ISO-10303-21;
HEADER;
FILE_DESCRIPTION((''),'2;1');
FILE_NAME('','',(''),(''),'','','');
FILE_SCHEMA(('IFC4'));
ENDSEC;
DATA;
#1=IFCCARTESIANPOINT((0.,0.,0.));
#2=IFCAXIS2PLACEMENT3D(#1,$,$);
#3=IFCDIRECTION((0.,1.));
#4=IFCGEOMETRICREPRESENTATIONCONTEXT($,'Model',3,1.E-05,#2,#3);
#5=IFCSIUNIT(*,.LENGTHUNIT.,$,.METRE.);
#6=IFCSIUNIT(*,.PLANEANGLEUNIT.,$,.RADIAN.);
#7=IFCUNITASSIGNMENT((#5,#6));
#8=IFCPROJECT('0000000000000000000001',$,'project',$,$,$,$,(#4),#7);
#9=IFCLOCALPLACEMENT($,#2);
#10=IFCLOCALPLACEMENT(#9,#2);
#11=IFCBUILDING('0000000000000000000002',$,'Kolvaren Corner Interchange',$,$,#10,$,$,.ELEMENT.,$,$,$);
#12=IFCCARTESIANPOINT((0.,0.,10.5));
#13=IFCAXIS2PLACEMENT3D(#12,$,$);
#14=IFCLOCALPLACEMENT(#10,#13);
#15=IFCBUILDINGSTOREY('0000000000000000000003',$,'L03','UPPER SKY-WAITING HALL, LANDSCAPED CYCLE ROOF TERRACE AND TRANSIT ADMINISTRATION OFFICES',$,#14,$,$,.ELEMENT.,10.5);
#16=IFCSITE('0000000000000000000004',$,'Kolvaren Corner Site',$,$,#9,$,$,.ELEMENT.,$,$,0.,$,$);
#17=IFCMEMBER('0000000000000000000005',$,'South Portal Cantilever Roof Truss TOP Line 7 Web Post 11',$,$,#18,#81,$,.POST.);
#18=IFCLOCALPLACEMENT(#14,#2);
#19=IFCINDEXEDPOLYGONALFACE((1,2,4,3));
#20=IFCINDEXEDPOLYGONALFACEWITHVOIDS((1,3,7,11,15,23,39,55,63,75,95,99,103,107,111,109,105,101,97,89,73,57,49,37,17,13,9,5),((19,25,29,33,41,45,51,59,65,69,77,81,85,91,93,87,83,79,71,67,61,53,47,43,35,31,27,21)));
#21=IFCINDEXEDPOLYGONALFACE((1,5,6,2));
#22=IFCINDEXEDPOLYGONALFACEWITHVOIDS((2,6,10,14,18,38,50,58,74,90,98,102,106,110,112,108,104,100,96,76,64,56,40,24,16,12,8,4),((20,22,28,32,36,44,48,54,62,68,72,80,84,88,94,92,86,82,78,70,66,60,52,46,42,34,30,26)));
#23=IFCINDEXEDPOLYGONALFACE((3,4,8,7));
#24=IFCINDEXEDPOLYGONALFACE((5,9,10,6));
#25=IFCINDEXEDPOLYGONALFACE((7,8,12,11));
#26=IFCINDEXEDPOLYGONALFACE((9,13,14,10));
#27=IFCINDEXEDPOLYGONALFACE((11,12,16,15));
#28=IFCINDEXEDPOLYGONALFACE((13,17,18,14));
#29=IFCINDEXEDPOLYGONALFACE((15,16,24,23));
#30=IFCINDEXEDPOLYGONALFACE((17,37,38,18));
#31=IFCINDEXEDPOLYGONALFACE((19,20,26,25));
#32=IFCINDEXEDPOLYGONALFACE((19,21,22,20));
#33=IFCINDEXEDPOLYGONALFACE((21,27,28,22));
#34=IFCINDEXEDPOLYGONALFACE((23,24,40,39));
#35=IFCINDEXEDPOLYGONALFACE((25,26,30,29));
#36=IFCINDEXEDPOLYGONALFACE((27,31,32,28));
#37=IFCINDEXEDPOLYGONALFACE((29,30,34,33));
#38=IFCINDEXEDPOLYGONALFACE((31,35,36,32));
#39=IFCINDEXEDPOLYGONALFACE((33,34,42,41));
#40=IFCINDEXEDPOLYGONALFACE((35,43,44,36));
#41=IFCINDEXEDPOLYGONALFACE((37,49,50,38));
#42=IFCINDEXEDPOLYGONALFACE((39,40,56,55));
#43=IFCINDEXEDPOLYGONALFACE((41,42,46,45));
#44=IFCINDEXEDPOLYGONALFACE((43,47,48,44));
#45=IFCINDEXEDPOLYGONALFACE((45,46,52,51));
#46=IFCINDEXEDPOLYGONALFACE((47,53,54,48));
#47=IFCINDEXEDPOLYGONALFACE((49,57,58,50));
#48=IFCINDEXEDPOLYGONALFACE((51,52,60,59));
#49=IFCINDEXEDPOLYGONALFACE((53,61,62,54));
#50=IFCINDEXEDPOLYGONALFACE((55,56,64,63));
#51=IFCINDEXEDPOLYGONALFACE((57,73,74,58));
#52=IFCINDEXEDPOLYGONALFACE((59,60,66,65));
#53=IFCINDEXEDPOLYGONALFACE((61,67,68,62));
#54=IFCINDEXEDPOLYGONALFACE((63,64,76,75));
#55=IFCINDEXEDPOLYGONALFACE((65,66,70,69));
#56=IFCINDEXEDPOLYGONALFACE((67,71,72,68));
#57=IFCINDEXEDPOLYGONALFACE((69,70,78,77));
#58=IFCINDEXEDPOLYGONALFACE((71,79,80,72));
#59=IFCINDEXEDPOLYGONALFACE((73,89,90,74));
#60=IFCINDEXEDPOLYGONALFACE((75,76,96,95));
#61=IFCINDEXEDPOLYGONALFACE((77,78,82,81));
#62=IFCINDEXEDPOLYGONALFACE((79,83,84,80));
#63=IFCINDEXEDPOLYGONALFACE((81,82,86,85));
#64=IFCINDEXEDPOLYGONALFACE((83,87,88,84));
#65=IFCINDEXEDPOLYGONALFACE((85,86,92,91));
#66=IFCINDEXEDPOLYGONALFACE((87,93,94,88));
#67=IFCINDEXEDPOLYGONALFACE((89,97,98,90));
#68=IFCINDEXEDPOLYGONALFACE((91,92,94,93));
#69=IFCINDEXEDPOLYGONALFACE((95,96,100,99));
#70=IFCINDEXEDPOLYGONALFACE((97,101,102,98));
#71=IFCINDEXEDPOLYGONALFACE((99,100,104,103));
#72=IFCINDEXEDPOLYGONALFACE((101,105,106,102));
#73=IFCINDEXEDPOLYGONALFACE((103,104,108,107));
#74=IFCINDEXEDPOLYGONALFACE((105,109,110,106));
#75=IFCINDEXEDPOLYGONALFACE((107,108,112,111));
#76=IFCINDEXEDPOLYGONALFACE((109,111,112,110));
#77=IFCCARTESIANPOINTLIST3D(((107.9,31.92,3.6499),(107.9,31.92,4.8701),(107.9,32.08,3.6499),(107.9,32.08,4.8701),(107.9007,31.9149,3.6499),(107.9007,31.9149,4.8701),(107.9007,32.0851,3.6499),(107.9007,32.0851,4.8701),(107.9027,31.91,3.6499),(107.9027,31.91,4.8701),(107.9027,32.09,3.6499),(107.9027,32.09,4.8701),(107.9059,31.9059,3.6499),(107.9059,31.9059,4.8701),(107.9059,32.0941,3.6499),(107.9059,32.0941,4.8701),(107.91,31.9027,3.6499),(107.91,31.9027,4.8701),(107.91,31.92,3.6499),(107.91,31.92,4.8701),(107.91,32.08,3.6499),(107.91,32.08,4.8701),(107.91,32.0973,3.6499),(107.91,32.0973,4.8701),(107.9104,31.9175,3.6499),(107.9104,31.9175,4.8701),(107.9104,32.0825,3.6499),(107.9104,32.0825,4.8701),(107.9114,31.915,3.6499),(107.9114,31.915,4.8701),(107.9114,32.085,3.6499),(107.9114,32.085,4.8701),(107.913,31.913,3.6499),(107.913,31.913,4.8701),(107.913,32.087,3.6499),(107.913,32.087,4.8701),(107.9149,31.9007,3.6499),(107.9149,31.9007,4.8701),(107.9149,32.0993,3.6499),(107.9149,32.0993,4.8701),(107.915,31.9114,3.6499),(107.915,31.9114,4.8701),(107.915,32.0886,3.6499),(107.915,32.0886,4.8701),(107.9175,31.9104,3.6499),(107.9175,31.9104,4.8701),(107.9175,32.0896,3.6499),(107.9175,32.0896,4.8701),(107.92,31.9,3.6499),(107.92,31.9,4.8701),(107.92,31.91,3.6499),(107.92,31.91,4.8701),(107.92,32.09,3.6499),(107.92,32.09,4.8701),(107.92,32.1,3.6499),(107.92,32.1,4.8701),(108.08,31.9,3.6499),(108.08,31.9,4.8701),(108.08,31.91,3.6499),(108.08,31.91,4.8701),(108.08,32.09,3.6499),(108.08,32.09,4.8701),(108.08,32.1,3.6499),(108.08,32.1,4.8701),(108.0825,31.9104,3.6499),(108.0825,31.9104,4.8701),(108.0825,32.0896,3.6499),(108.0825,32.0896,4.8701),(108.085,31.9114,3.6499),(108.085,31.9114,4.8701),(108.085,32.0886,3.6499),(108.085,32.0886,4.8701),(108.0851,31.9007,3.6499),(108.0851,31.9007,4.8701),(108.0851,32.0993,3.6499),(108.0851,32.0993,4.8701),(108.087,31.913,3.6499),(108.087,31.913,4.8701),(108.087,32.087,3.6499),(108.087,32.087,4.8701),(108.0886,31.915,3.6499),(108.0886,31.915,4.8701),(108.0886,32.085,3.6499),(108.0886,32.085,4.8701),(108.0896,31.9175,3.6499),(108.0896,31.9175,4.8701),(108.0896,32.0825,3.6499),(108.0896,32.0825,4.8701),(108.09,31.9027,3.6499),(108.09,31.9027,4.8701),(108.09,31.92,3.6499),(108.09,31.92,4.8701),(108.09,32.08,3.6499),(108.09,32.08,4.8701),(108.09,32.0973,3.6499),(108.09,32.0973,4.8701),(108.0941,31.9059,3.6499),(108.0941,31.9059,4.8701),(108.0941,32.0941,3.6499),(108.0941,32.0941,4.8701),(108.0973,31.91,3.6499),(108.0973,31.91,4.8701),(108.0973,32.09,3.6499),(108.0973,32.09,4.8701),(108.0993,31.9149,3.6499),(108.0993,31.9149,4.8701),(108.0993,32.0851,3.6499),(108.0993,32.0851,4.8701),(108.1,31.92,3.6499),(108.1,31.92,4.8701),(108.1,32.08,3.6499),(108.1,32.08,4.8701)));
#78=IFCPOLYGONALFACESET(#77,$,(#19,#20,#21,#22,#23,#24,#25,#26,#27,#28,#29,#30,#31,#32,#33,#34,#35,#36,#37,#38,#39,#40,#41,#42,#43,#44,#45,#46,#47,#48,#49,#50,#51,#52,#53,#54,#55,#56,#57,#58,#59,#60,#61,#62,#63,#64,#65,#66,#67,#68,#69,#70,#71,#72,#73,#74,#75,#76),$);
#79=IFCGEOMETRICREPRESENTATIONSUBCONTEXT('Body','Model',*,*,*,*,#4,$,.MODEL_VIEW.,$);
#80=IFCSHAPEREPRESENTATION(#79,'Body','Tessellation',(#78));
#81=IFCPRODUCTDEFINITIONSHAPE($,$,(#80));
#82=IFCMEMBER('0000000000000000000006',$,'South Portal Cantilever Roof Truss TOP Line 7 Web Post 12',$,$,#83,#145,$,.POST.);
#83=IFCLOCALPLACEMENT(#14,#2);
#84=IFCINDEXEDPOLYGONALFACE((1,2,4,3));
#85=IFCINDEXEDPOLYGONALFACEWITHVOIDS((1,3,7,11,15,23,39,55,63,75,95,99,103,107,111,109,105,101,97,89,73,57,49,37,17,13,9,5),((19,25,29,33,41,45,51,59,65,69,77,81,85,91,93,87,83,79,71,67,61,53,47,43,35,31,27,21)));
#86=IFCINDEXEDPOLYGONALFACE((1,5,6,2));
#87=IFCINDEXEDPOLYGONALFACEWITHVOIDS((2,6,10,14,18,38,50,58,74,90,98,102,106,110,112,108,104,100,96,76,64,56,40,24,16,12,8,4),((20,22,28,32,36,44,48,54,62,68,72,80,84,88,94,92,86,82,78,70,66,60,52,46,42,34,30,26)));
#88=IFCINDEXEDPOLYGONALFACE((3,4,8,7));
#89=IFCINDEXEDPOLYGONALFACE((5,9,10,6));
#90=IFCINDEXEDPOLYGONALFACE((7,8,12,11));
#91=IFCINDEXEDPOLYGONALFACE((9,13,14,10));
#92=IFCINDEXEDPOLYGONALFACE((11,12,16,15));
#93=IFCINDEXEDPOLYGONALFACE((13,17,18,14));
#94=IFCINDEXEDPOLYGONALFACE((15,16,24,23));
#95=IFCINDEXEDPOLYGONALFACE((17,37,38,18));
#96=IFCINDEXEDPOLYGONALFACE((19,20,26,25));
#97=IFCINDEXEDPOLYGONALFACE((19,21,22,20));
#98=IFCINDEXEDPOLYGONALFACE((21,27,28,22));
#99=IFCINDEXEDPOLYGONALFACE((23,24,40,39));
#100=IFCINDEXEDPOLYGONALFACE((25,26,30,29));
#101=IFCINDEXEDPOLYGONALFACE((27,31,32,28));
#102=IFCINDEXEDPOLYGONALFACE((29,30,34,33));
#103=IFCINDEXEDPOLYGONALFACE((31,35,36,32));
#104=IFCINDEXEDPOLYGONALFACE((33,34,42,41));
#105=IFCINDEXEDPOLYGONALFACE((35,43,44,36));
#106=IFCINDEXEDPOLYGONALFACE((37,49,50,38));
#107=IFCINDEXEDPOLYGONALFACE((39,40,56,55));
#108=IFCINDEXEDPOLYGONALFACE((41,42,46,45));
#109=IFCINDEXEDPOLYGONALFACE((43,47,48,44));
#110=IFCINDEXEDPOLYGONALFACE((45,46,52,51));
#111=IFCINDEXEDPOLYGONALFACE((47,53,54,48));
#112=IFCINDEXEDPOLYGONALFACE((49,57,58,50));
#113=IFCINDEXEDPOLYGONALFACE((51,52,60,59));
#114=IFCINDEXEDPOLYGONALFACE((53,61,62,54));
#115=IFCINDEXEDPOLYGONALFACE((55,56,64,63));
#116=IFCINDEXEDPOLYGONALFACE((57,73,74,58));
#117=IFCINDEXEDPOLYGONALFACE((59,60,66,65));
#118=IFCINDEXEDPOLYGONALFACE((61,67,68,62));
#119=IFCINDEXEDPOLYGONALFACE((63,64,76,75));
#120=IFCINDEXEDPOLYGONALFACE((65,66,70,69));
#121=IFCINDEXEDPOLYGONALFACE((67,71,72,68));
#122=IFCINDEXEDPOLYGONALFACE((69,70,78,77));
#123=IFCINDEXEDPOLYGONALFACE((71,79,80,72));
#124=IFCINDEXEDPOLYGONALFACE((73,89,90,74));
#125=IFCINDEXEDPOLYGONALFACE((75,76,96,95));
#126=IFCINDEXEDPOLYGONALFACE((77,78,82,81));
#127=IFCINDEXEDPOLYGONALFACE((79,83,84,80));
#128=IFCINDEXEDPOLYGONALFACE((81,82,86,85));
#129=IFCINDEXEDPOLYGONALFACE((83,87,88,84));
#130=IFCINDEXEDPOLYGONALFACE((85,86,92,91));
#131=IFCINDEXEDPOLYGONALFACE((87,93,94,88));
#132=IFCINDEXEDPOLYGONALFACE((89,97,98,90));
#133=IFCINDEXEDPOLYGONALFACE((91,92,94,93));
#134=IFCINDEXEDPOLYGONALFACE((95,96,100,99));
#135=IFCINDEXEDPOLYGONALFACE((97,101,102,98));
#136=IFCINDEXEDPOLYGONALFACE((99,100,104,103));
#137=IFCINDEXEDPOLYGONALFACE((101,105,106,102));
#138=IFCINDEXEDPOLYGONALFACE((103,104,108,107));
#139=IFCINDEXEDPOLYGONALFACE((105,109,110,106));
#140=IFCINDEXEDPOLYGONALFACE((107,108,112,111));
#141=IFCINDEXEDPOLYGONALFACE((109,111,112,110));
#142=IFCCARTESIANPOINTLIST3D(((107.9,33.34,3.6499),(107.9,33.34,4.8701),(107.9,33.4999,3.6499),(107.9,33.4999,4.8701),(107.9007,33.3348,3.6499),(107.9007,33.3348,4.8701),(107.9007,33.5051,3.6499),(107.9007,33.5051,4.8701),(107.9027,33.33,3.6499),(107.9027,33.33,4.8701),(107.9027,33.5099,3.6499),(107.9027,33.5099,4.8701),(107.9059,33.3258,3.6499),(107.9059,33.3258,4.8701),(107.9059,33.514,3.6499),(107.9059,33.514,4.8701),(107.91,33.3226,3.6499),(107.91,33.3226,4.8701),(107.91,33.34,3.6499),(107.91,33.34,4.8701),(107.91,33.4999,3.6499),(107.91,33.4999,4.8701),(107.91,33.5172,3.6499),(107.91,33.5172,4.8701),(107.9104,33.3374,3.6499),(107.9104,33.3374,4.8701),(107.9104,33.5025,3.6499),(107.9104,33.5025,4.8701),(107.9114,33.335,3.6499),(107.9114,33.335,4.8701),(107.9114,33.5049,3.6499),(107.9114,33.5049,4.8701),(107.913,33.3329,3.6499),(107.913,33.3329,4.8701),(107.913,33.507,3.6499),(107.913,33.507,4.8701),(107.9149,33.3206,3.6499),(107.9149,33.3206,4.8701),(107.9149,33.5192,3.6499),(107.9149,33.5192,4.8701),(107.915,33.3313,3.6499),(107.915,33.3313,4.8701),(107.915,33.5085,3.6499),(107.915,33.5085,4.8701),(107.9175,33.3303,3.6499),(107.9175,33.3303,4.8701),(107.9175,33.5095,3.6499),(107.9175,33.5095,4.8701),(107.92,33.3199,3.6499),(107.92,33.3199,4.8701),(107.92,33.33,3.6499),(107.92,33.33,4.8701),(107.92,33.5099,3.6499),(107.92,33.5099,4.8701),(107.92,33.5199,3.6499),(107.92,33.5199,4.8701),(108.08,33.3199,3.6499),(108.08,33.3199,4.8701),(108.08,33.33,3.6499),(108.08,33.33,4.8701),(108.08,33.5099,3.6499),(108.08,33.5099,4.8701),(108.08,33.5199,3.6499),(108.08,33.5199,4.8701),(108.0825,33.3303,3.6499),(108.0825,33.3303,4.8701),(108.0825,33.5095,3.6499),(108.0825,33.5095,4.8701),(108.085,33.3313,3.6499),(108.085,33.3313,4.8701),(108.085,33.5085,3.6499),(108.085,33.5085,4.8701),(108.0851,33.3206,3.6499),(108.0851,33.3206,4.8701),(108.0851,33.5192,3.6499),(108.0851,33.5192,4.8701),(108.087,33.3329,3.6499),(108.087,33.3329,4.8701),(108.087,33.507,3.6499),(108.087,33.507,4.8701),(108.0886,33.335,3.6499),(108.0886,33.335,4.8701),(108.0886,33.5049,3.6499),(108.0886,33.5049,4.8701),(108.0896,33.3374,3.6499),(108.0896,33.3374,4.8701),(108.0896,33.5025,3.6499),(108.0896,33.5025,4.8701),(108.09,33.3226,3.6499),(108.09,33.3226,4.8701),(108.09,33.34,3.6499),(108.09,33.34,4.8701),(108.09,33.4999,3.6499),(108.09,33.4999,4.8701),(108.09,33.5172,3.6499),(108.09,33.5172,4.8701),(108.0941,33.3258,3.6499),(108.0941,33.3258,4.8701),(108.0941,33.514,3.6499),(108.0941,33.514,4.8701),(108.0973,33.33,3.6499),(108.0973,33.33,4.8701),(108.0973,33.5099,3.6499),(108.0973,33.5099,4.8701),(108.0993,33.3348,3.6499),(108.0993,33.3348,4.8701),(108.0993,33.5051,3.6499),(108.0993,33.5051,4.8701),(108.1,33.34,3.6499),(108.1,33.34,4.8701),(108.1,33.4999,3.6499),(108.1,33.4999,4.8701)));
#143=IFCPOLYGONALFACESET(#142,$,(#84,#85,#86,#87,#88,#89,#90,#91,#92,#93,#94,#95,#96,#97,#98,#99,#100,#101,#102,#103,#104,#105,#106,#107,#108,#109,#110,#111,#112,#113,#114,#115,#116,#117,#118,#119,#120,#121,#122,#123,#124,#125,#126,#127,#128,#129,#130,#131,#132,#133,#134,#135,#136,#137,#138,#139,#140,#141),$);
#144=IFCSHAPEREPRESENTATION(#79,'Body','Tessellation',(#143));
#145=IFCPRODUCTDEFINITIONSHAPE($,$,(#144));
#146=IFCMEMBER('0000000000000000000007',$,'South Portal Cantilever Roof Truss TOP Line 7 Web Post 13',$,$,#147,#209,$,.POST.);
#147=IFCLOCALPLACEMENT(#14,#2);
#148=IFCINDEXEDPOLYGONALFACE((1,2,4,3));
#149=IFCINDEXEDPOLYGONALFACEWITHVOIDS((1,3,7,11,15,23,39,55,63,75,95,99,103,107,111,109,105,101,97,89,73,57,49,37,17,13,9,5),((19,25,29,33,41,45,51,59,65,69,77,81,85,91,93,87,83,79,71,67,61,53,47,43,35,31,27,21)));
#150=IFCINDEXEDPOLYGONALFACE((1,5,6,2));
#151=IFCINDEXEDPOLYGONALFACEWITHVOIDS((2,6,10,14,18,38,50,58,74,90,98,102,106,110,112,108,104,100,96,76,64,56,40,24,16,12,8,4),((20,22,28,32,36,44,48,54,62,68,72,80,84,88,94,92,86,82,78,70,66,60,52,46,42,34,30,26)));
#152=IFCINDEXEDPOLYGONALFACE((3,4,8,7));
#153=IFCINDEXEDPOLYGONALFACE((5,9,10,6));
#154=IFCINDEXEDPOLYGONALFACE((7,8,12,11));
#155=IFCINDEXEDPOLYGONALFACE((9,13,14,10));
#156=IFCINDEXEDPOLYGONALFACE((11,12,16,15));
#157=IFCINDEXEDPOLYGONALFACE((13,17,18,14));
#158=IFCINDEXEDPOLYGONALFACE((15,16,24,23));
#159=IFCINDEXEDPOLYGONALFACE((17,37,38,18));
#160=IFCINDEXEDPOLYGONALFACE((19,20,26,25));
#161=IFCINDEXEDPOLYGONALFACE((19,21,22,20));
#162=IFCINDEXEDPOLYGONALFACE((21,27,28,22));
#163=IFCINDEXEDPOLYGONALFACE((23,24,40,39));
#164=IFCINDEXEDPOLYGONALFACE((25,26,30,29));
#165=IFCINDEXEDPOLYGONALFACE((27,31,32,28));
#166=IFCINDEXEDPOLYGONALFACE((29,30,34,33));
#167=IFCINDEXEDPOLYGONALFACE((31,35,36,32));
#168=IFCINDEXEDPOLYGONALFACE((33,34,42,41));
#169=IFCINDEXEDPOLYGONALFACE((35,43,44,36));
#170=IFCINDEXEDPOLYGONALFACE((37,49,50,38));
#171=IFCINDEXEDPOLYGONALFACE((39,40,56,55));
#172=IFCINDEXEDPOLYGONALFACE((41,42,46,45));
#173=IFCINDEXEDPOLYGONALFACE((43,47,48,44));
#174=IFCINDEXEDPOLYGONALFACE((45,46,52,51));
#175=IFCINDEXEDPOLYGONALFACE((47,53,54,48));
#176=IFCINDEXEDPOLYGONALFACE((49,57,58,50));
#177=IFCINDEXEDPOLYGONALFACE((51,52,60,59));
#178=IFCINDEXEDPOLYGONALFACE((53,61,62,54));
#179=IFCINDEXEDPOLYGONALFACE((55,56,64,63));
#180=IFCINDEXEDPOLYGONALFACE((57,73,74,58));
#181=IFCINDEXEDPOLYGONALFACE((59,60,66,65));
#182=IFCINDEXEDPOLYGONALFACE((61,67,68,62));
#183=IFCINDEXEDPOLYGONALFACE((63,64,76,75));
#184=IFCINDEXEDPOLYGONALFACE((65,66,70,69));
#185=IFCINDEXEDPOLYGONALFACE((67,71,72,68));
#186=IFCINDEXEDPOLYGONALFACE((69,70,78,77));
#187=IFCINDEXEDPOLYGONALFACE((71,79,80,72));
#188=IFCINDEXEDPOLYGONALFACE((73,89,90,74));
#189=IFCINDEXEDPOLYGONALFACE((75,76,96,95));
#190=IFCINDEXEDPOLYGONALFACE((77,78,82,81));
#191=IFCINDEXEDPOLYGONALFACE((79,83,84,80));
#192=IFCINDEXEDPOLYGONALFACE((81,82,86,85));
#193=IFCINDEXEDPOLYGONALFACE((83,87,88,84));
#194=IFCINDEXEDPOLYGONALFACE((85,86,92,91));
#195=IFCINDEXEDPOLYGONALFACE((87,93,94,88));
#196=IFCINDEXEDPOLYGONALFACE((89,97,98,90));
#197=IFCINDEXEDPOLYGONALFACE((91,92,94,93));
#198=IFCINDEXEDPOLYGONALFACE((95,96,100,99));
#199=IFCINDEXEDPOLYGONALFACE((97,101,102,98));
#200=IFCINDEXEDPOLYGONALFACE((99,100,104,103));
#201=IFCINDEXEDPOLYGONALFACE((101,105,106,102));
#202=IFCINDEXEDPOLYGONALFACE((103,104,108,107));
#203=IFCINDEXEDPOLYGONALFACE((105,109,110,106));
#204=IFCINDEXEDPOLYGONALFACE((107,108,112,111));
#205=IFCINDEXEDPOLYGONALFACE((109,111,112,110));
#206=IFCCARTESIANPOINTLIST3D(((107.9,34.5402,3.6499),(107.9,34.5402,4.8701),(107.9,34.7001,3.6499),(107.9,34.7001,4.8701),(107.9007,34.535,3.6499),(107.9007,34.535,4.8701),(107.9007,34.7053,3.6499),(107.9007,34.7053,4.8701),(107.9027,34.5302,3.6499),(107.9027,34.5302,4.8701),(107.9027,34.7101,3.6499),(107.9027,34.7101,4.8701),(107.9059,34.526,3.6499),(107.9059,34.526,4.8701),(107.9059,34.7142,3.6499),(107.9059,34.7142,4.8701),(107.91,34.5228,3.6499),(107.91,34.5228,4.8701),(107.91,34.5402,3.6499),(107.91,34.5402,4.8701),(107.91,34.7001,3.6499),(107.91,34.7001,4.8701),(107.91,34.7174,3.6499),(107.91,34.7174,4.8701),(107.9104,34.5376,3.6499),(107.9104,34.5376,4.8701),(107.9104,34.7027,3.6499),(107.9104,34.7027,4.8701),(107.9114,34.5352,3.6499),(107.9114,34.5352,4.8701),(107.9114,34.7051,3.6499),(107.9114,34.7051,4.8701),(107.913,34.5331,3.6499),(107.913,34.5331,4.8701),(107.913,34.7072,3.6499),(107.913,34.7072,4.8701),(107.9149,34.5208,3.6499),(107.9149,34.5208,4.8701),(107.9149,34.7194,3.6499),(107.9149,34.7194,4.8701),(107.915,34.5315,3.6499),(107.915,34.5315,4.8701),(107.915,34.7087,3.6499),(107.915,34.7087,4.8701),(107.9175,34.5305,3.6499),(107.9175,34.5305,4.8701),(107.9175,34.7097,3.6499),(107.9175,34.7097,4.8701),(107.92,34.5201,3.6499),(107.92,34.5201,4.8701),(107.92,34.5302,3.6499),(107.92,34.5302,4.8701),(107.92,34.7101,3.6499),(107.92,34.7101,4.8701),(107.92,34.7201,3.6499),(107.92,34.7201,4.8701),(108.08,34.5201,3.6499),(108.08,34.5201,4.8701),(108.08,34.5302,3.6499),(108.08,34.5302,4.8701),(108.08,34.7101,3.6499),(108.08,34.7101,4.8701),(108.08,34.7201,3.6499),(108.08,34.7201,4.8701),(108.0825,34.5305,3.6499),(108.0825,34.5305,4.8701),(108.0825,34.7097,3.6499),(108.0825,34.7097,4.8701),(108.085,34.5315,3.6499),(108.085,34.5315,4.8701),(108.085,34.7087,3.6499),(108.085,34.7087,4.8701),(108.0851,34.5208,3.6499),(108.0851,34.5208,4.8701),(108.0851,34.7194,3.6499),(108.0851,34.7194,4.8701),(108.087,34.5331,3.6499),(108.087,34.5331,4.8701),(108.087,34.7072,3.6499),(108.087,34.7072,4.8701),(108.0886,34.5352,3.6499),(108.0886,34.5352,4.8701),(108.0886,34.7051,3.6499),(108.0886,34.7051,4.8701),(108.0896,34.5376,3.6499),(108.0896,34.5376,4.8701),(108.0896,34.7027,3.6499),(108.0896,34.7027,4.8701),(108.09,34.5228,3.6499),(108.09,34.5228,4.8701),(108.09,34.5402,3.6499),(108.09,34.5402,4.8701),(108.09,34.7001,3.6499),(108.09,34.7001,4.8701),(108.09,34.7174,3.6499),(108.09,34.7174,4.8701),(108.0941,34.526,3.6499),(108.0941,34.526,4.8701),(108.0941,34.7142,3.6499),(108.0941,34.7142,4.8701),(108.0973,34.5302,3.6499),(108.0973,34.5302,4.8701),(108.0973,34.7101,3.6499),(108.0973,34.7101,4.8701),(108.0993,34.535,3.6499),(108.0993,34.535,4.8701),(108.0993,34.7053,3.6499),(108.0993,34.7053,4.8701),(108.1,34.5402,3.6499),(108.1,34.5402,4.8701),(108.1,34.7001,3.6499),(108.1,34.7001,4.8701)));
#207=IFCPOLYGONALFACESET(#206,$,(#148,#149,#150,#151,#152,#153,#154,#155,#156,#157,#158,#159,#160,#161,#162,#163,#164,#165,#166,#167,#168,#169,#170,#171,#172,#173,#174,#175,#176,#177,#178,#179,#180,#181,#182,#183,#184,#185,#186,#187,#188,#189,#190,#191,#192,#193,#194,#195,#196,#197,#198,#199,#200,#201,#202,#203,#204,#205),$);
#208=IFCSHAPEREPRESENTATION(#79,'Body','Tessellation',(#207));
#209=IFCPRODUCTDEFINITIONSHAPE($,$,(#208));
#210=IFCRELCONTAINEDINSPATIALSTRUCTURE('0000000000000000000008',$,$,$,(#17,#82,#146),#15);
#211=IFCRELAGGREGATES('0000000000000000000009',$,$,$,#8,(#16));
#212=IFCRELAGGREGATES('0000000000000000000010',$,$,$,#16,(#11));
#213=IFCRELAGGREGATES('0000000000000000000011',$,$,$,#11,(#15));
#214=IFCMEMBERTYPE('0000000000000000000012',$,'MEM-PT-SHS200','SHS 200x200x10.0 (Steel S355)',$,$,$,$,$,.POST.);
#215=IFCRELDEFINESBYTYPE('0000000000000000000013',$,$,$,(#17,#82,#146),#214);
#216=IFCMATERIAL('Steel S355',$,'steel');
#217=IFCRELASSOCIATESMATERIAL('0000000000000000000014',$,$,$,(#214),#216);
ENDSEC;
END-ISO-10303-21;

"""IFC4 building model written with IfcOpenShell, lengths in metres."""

from ifc_helpers import new_model, si_unit, direction, frame, origin, origin_2d, place, context, subcontext, project, spatial, hollow_rectangle, extrude, material, material_profile, profile_set, type_object, element, save


model = new_model("IFC4")

# Units and contexts
model_context = context("Model", 3, precision=1e-05, world=origin(), true_north=direction((0.0, 1.0)))
body_context = subcontext(model_context, "Body", "Model", "MODEL_VIEW")
ifc_project = project(units=[si_unit("LENGTHUNIT", "METRE"), si_unit("PLANEANGLEUNIT", "RADIAN")], contexts=[model_context])

# Site, building, storey
site_placement = place(None, origin())
site = spatial("IfcSite", under=ifc_project, at=site_placement, Name="Kolvaren Corner Site", CompositionType="ELEMENT", RefElevation=0.0)
building_placement = place(site_placement, origin())
building = spatial("IfcBuilding", under=site, at=building_placement, Name="Kolvaren Corner Interchange", CompositionType="ELEMENT")
storey_placement = place(building_placement, frame((0.0, 0.0, 10.5)))
storey = spatial("IfcBuildingStorey", under=building, at=storey_placement, Name="L03", Description="UPPER SKY-WAITING HALL, LANDSCAPED CYCLE ROOF TERRACE AND TRANSIT ADMINISTRATION OFFICES", CompositionType="ELEMENT", Elevation=10.5)

# Members
ifc_material_1 = material(Name="Steel S355", Category="steel")
ifc_material_profile_1 = material_profile(ifc_material_1, hollow_rectangle(XDim=0.2, YDim=0.2, WallThickness=0.01, InnerFilletRadius=0.01, OuterFilletRadius=0.02, at=origin_2d()), Name="SHS 200x200x10.0")
ifc_profile_set_1 = profile_set([ifc_material_profile_1], Name="Steel S355")
member_type_1 = type_object("IfcMemberType", Name="MEM-PT-SHS200", Description="SHS 200x200x10.0 (Steel S355)", PredefinedType="POST", material=ifc_profile_set_1)
for number, where, z_axis, x_axis, name in (
    (1, (108.0, 32.0, 3.6499), (0.0, 0.0, 1.0), (1.0, 0.0, 0.0), "South Portal Cantilever Roof Truss TOP Line 7 Web Post 11"),
    (2, (108.0, 33.4199, 3.6499), (0.0, 0.0, 1.0), (1.0, 0.0, 0.0), "South Portal Cantilever Roof Truss TOP Line 7 Web Post 12"),
    (3, (108.0, 34.6201, 3.6499), (0.0, 0.0, 1.0), (1.0, 0.0, 0.0), "South Portal Cantilever Roof Truss TOP Line 7 Web Post 13"),
):
    element("IfcMember", number, at=place(storey_placement, frame(where, z_axis=z_axis, x_axis=x_axis)), inside=storey, type_object=member_type_1, Name=name, PredefinedType="POST", context=body_context, shape_type="SweptSolid", body=[
        extrude(hollow_rectangle(XDim=0.2, YDim=0.2, WallThickness=0.01, InnerFilletRadius=0.01, OuterFilletRadius=0.02, at=origin_2d()), origin(), (0.0, 0.0, 1.0), 1.2202),
    ])

save(model, "model.ifc")
